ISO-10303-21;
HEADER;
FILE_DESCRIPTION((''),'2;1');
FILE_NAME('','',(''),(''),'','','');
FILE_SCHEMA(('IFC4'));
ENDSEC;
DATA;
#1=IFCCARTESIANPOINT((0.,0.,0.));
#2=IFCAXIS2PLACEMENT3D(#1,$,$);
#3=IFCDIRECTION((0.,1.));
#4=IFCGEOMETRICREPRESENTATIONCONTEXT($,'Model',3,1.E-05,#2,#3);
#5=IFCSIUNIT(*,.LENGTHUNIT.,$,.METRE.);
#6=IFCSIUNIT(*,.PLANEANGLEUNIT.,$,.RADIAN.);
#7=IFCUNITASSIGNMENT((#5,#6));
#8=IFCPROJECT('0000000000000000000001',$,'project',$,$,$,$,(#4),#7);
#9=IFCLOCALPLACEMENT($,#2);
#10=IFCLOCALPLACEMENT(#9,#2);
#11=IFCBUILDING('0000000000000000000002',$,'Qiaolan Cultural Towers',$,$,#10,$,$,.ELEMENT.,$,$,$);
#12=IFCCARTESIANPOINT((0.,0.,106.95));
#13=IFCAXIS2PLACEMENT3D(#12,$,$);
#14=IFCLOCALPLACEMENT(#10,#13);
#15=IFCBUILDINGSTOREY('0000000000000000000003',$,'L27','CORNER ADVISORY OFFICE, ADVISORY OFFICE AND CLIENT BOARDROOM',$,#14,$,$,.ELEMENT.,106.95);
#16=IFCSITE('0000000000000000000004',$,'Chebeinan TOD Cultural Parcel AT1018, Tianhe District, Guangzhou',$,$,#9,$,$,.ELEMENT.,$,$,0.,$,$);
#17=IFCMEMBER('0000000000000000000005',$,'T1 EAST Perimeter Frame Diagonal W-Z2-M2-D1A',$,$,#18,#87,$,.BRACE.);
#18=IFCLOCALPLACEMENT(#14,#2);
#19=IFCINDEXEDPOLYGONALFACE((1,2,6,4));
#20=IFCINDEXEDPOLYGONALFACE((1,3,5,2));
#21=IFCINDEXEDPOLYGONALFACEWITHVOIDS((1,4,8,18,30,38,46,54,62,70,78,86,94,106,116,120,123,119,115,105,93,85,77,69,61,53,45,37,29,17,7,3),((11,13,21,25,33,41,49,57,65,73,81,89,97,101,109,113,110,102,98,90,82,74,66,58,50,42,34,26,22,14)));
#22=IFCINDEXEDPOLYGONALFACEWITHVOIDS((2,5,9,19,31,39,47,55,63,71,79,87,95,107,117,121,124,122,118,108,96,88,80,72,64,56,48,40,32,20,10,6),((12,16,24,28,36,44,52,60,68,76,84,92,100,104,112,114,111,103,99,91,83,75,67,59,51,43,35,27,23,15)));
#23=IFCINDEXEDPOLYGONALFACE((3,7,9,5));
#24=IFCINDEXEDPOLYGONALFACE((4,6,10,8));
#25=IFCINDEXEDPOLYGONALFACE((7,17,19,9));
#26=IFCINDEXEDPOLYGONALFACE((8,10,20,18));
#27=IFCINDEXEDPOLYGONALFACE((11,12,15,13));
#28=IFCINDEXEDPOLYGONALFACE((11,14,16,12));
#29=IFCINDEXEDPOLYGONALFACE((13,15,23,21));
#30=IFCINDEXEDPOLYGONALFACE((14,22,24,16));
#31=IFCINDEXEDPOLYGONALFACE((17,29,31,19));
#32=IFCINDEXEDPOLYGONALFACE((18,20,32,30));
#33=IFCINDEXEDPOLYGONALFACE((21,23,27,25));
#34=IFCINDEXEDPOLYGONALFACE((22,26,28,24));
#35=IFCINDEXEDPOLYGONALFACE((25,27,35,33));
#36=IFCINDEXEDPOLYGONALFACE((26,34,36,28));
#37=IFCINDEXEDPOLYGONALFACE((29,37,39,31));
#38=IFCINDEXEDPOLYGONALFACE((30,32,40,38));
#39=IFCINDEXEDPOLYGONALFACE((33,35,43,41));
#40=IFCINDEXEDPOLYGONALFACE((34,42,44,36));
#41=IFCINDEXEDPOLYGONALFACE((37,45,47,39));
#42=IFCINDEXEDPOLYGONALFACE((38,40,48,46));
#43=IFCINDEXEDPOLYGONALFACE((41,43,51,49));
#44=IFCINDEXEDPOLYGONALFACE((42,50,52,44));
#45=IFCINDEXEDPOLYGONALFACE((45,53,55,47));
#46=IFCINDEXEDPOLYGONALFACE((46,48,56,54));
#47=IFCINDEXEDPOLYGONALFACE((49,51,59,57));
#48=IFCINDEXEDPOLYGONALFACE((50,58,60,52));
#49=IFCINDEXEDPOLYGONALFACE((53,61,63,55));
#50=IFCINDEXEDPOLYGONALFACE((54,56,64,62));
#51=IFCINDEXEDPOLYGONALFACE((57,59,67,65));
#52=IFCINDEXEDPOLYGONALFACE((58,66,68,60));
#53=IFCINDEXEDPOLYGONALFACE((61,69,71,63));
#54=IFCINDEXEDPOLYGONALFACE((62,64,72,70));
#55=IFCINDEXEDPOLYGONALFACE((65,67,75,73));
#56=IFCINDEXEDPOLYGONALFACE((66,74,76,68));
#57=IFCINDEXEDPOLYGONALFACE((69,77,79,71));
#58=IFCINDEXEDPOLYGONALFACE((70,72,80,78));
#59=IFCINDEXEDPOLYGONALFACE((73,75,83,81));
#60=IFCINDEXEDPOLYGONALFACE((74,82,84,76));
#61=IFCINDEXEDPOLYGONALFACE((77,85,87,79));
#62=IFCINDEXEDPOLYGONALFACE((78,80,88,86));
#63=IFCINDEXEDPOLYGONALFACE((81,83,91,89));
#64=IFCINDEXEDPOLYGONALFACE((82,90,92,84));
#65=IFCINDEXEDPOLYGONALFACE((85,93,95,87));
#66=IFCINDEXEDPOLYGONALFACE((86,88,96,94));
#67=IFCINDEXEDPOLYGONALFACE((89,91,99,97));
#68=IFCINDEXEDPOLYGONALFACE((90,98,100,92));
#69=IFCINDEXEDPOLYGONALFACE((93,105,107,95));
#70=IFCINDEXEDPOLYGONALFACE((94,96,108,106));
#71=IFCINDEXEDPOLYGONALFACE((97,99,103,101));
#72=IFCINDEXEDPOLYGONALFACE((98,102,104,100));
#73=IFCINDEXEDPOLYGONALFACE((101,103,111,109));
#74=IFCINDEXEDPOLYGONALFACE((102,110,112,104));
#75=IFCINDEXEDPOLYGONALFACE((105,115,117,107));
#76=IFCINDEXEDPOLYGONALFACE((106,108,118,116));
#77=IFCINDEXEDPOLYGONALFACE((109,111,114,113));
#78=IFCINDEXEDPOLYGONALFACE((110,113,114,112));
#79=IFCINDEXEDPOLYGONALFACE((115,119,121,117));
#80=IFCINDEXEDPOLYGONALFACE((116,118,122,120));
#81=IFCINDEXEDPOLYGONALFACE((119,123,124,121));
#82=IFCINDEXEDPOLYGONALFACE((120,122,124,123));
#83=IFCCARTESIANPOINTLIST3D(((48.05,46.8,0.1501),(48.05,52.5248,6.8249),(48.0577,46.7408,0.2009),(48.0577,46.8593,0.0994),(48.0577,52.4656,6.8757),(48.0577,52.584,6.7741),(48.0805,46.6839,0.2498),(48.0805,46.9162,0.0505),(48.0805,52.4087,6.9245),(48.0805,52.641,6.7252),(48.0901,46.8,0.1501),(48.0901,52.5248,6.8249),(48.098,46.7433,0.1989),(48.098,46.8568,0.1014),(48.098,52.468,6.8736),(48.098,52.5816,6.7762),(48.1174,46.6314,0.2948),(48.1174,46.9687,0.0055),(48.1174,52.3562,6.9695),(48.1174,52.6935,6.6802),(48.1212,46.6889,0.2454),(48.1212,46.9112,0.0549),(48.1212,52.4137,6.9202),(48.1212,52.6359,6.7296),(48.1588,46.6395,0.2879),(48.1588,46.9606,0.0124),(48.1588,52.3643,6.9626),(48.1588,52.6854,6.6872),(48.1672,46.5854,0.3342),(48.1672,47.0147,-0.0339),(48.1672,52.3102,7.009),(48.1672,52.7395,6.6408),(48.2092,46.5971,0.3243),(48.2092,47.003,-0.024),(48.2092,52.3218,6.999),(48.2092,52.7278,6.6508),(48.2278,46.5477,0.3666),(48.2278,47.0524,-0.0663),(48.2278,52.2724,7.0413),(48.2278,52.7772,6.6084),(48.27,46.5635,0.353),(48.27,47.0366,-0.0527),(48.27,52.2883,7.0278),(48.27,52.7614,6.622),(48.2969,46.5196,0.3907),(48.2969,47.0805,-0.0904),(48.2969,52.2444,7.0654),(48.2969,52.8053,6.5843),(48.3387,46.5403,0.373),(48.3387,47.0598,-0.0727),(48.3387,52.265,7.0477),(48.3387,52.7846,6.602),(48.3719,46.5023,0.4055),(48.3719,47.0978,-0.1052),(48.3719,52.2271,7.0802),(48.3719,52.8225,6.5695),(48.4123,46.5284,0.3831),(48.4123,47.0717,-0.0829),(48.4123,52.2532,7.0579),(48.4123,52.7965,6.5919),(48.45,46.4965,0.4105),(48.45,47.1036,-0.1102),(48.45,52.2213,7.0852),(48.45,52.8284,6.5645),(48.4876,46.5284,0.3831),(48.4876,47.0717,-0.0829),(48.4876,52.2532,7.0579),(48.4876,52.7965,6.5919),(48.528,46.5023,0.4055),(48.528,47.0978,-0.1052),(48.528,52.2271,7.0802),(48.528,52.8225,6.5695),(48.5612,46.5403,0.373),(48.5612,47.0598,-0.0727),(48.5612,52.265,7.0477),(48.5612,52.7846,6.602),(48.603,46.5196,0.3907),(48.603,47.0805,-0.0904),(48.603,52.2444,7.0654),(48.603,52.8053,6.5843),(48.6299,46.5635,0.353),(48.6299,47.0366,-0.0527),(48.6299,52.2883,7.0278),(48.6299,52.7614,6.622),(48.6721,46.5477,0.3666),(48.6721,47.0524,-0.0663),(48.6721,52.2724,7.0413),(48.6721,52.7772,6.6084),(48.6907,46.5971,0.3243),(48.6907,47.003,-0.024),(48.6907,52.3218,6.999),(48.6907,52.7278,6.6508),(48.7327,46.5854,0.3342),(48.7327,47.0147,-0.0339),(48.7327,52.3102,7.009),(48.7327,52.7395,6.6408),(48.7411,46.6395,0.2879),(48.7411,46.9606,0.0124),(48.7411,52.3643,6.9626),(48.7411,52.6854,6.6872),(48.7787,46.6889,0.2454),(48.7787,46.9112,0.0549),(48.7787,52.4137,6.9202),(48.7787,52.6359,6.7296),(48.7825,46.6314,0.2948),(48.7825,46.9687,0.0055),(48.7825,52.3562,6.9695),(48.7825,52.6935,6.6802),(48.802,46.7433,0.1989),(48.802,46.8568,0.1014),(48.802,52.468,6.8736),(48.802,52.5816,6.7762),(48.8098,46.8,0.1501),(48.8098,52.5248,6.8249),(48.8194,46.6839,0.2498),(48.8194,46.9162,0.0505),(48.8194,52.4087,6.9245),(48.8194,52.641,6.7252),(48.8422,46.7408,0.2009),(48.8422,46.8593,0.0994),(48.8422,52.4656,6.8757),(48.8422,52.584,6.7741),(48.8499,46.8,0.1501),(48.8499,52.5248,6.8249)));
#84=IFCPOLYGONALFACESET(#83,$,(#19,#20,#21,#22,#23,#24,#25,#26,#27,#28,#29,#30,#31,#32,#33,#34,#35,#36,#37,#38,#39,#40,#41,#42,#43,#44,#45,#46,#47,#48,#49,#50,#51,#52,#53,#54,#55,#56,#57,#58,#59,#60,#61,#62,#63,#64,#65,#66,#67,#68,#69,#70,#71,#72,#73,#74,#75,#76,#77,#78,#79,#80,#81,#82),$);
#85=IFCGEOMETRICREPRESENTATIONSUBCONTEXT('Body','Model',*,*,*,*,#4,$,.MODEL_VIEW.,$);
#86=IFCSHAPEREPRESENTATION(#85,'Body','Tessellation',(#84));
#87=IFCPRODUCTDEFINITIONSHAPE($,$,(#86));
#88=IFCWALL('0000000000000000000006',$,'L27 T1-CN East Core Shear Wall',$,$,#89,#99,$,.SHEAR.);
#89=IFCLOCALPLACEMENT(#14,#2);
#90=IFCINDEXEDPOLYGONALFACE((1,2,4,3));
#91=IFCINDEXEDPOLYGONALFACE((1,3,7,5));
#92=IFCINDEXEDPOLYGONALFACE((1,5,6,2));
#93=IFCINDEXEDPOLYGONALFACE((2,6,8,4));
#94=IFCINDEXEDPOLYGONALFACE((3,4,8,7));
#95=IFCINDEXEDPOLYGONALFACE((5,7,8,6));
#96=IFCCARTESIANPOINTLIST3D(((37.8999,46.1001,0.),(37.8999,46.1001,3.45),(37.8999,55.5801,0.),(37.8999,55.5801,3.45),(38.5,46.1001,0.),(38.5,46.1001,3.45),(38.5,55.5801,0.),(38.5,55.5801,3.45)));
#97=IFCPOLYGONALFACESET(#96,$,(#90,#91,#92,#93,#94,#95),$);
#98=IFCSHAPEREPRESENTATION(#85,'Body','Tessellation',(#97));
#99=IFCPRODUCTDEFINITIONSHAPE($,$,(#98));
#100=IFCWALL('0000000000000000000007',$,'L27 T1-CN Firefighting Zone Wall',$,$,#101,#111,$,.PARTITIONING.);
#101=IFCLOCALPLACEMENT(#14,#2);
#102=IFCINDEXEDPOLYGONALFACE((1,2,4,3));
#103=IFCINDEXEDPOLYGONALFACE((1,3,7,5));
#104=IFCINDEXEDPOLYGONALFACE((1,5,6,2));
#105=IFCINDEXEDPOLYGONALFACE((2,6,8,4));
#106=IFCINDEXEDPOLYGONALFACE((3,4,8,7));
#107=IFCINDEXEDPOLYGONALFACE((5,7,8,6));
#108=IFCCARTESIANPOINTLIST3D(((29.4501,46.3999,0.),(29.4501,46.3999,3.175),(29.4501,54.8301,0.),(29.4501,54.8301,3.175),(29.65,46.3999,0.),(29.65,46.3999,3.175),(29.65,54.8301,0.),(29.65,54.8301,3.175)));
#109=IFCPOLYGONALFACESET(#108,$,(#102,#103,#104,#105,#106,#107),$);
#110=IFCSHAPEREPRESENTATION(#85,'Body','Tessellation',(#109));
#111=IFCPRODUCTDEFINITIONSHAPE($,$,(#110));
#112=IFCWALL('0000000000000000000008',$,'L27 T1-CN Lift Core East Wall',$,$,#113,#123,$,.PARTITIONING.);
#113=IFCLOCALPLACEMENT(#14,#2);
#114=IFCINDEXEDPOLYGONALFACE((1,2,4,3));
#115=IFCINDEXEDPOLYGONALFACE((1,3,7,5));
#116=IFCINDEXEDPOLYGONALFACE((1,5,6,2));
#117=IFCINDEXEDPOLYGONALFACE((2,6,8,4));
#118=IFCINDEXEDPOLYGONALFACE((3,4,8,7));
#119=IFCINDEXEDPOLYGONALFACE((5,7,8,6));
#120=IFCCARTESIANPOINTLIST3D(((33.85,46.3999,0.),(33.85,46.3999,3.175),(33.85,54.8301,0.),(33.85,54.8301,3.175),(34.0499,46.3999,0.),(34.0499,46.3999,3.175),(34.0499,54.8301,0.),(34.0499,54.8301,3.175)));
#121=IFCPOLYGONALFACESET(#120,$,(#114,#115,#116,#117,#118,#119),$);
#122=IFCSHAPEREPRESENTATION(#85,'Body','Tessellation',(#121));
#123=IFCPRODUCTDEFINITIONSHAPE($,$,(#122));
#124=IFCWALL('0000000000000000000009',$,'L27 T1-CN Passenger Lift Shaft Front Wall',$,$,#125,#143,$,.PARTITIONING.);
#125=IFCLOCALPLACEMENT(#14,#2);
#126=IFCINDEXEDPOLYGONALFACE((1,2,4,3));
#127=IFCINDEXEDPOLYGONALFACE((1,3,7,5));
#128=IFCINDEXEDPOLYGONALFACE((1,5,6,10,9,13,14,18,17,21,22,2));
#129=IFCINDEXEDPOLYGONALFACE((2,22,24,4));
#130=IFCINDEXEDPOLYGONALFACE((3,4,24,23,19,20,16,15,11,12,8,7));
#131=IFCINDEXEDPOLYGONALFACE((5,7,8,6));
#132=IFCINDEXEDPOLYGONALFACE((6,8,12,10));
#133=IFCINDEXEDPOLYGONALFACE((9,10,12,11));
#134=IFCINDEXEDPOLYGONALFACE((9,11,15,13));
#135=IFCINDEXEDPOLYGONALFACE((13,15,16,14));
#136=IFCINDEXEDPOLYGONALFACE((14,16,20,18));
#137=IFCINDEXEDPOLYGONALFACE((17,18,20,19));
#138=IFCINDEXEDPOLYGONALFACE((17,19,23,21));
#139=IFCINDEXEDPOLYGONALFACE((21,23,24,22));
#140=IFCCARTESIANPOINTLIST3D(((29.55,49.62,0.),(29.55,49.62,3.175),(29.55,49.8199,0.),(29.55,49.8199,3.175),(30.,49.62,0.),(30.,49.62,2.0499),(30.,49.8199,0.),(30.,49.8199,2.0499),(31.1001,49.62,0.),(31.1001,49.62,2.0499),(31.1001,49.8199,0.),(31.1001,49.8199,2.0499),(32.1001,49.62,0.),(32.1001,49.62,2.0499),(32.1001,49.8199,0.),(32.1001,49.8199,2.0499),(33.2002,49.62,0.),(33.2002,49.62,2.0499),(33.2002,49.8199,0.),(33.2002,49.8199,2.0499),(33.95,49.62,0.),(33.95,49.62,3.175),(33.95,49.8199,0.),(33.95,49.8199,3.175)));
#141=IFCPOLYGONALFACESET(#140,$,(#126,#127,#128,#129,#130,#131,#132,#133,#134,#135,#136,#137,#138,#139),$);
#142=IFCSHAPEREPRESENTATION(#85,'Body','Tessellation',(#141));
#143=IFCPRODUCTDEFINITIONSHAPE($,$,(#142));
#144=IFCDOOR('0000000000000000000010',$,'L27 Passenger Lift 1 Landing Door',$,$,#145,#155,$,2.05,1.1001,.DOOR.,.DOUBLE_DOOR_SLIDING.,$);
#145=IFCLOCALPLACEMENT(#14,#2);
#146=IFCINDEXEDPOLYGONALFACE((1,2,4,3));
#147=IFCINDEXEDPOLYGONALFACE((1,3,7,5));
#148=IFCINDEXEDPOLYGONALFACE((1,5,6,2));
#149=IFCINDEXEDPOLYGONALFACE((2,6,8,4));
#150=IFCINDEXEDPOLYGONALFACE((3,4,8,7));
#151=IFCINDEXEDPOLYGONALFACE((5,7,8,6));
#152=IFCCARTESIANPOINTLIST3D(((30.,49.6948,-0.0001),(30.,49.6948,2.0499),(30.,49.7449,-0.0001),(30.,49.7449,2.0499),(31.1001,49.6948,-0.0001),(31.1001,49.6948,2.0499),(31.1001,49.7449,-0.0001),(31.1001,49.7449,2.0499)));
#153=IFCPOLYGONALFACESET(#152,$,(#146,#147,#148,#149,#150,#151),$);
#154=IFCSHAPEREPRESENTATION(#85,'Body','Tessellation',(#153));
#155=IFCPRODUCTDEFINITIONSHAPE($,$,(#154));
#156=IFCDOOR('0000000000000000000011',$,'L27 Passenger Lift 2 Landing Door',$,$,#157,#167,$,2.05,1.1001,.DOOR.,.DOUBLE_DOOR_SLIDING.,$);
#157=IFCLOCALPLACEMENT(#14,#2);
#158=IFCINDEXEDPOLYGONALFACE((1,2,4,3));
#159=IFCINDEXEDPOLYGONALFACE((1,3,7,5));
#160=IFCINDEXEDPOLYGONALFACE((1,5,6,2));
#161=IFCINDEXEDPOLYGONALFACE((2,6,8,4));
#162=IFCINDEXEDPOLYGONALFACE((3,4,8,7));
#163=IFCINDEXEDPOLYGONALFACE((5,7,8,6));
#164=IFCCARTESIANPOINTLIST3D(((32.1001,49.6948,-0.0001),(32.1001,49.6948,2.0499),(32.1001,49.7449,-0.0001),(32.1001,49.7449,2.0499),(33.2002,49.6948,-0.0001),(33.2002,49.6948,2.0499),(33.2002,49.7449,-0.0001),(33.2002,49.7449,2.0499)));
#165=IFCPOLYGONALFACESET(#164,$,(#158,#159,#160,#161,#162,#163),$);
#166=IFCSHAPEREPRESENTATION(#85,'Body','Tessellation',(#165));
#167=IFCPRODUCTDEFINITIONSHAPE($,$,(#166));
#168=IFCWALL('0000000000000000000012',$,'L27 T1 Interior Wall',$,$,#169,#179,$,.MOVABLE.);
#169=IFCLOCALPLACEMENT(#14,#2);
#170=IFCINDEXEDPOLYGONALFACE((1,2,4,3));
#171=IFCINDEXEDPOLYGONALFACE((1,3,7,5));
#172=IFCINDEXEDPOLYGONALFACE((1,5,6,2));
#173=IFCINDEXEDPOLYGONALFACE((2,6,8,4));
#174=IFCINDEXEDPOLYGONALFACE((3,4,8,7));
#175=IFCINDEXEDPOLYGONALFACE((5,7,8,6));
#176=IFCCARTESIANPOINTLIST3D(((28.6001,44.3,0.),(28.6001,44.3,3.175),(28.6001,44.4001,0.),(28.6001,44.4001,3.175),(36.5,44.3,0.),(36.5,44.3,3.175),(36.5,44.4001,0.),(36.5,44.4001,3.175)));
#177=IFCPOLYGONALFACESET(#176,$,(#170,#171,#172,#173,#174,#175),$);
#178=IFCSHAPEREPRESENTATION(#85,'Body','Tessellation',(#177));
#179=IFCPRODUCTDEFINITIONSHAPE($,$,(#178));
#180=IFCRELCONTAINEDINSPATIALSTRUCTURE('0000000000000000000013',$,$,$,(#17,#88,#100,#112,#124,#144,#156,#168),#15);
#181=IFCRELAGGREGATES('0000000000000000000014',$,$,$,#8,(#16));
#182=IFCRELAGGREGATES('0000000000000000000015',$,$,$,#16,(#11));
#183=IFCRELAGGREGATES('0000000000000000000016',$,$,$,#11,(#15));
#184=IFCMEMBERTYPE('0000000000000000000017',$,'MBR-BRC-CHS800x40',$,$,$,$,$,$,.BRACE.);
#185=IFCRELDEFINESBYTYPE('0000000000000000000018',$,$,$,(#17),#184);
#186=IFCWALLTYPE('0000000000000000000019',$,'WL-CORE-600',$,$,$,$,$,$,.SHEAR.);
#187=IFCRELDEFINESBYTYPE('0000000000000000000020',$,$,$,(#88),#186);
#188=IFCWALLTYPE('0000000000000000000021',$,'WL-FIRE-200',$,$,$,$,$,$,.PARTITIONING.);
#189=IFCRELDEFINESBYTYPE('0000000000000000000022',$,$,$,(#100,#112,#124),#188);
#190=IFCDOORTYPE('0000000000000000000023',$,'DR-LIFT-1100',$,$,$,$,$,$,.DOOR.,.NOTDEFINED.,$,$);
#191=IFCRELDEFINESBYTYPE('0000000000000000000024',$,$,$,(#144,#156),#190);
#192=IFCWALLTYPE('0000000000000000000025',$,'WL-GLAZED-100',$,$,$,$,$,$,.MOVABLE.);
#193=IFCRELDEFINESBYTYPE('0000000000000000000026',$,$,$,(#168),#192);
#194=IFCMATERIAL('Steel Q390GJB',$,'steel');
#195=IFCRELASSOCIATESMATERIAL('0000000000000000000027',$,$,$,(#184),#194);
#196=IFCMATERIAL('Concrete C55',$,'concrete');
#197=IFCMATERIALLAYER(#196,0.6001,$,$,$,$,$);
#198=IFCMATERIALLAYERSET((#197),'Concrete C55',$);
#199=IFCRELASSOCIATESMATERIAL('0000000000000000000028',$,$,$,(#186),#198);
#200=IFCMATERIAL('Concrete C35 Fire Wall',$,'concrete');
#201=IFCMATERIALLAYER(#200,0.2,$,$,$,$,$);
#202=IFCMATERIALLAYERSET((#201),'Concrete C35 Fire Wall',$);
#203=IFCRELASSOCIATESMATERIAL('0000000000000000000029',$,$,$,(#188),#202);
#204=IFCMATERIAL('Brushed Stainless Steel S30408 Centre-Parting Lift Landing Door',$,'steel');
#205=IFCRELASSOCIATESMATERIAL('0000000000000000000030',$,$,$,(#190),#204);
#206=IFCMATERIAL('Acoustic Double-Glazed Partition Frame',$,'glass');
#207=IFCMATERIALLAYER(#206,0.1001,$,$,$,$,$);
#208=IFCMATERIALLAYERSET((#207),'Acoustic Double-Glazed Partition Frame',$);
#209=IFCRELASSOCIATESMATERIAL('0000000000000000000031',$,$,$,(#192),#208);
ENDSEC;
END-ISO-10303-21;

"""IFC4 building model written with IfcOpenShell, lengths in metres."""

from ifc_helpers import new_model, si_unit, direction, frame, frame_2d, origin, origin_2d, place, context, subcontext, project, spatial, rectangle, hollow_circle, extrude, material, layer, layer_set, material_profile, profile_set, type_object, element, fill, save


model = new_model("IFC4")

# Units and contexts
model_context = context("Model", 3, precision=1e-05, world=origin(), true_north=direction((0.0, 1.0)))
body_context = subcontext(model_context, "Body", "Model", "MODEL_VIEW")
ifc_project = project(units=[si_unit("LENGTHUNIT", "METRE"), si_unit("PLANEANGLEUNIT", "RADIAN")], contexts=[model_context])

# Site, building, storey
site_placement = place(None, origin())
site = spatial("IfcSite", under=ifc_project, at=site_placement, Name="Chebeinan TOD Cultural Parcel AT1018, Tianhe District, Guangzhou", CompositionType="ELEMENT", RefElevation=0.0)
building_placement = place(site_placement, origin())
building = spatial("IfcBuilding", under=site, at=building_placement, Name="Qiaolan Cultural Towers", CompositionType="ELEMENT")
storey_placement = place(building_placement, frame((0.0, 0.0, 106.95)))
storey = spatial("IfcBuildingStorey", under=building, at=storey_placement, Name="L27", Description="CORNER ADVISORY OFFICE, ADVISORY OFFICE AND CLIENT BOARDROOM", CompositionType="ELEMENT", Elevation=106.95)

# Member
ifc_material_1 = material(Name="Steel Q390GJB", Category="steel")
ifc_material_profile_1 = material_profile(ifc_material_1, hollow_circle(Radius=0.3999, WallThickness=0.04, at=origin_2d()), Name="CHS800x40")
ifc_profile_set_1 = profile_set([ifc_material_profile_1], Name="Steel Q390GJB")
member_type = type_object("IfcMemberType", Name="MBR-BRC-CHS800x40", PredefinedType="BRACE", material=ifc_profile_set_1)
member_placement = place(storey_placement, frame((48.45, 46.8, 0.1501), z_axis=(0.0, 0.651027, 0.759055), x_axis=(-1.0, 0.0, 0.0)))
element("IfcMember", 1, at=member_placement, inside=storey, type_object=member_type, Name="T1 EAST Perimeter Frame Diagonal W-Z2-M2-D1A", PredefinedType="BRACE", context=body_context, shape_type="SweptSolid", body=[
    extrude(hollow_circle(Radius=0.3999, WallThickness=0.04, at=origin_2d()), origin(), (0.0, 0.0, 1.0), 8.7935),
])

# Walls
ifc_material_2 = material(Name="Concrete C55", Category="concrete")
ifc_layer_1 = layer(ifc_material_2, 0.6001)
ifc_layer_set_1 = layer_set([ifc_layer_1], Name="Concrete C55")
wall_type_1 = type_object("IfcWallType", Name="WL-CORE-600", PredefinedType="SHEAR", material=ifc_layer_set_1)
wall_1_placement = place(storey_placement, frame((38.2, 46.1001, 0.0), z_axis=(0.0, 0.0, 1.0), x_axis=(0.0, 1.0, 0.0)))
element("IfcWall", 2, at=wall_1_placement, inside=storey, type_object=wall_type_1, Name="L27 T1-CN East Core Shear Wall", PredefinedType="SHEAR", context=body_context, shape_type="SweptSolid", body=[
    extrude(rectangle(XDim=9.48, YDim=0.6001, at=frame_2d((4.74, 0.0))), origin(), (0.0, 0.0, 1.0), 3.45),
])
ifc_material_3 = material(Name="Concrete C35 Fire Wall", Category="concrete")
ifc_layer_2 = layer(ifc_material_3, 0.2)
ifc_layer_set_2 = layer_set([ifc_layer_2], Name="Concrete C35 Fire Wall")
wall_type_2 = type_object("IfcWallType", Name="WL-FIRE-200", PredefinedType="PARTITIONING", material=ifc_layer_set_2)
for number, where, z_axis, x_axis, name in (
    (3, (29.55, 46.3999, 0.0), (0.0, 0.0, 1.0), (0.0, 1.0, 0.0), "L27 T1-CN Firefighting Zone Wall"),
    (4, (33.95, 46.3999, 0.0), (0.0, 0.0, 1.0), (0.0, 1.0, 0.0), "L27 T1-CN Lift Core East Wall"),
):
    element("IfcWall", number, at=place(storey_placement, frame(where, z_axis=z_axis, x_axis=x_axis)), inside=storey, type_object=wall_type_2, Name=name, PredefinedType="PARTITIONING", context=body_context, shape_type="SweptSolid", body=[
        extrude(rectangle(XDim=8.4302, YDim=0.2, at=frame_2d((4.2151, 0.0))), origin(), (0.0, 0.0, 1.0), 3.175),
    ])

# Wall, openings, doors
wall_2_placement = place(storey_placement, frame((29.55, 49.72, 0.0), z_axis=(0.0, 0.0, 1.0), x_axis=(1.0, 0.0, 0.0)))
wall_2 = element("IfcWall", 5, at=wall_2_placement, inside=storey, type_object=wall_type_2, Name="L27 T1-CN Passenger Lift Shaft Front Wall", PredefinedType="PARTITIONING", context=body_context, shape_type="SweptSolid", body=[
    extrude(rectangle(XDim=4.3999, YDim=0.2, at=frame_2d((2.2, 0.0))), origin(), (0.0, 0.0, 1.0), 3.175),
])
opening_1_placement = place(wall_2_placement, frame((0.45, 0.0, 0.0)))
opening_1 = element("IfcOpeningElement", 6, at=opening_1_placement, cuts=wall_2, PredefinedType="OPENING", context=body_context, shape_type="SweptSolid", body=[
    extrude(rectangle(XDim=1.1001, YDim=2.05, at=frame_2d((0.55, 1.0249))), frame((0.0, 0.1099, 0.0), z_axis=(0.0, -1.0, 0.0), x_axis=(1.0, 0.0, 0.0)), (0.0, 0.0, 1.0), 0.22),
])
opening_2_placement = place(wall_2_placement, frame((2.55, 0.0, 0.0)))
opening_2 = element("IfcOpeningElement", 7, at=opening_2_placement, cuts=wall_2, PredefinedType="OPENING", context=body_context, shape_type="SweptSolid", body=[
    extrude(rectangle(XDim=1.1001, YDim=2.05, at=frame_2d((0.55, 1.0249))), frame((0.0, 0.1099, 0.0), z_axis=(0.0, -1.0, 0.0), x_axis=(1.0, 0.0, 0.0)), (0.0, 0.0, 1.0), 0.22),
])
ifc_material_4 = material(Name="Brushed Stainless Steel S30408 Centre-Parting Lift Landing Door", Category="steel")
door_type_1 = type_object("IfcDoorType", Name="DR-LIFT-1100", OperationType="NOTDEFINED", PredefinedType="DOOR", material=ifc_material_4)
door_1_placement = place(opening_1_placement, origin())
door_1 = element("IfcDoor", 8, at=door_1_placement, inside=storey, type_object=door_type_1, Name="L27 Passenger Lift 1 Landing Door", OperationType="DOUBLE_DOOR_SLIDING", OverallHeight=2.05, OverallWidth=1.1001, PredefinedType="DOOR", context=body_context, shape_type="SweptSolid", body=[
    extrude(rectangle(XDim=1.1001, YDim=2.05, at=frame_2d((0.55, 1.0249))), frame((0.0, 0.0249, 0.0), z_axis=(0.0, -1.0, 0.0), x_axis=(1.0, 0.0, 0.0)), (0.0, 0.0, 1.0), 0.05),
])
fill(opening_1, door_1)
door_2_placement = place(opening_2_placement, origin())
door_2 = element("IfcDoor", 9, at=door_2_placement, inside=storey, type_object=door_type_1, Name="L27 Passenger Lift 2 Landing Door", OperationType="DOUBLE_DOOR_SLIDING", OverallHeight=2.05, OverallWidth=1.1001, PredefinedType="DOOR", context=body_context, shape_type="SweptSolid", body=[
    extrude(rectangle(XDim=1.1001, YDim=2.05, at=frame_2d((0.55, 1.0249))), frame((0.0, 0.0249, 0.0), z_axis=(0.0, -1.0, 0.0), x_axis=(1.0, 0.0, 0.0)), (0.0, 0.0, 1.0), 0.05),
])
fill(opening_2, door_2)

# Wall
ifc_material_5 = material(Name="Acoustic Double-Glazed Partition Frame", Category="glass")
ifc_layer_3 = layer(ifc_material_5, 0.1001)
ifc_layer_set_3 = layer_set([ifc_layer_3], Name="Acoustic Double-Glazed Partition Frame")
wall_type_3 = type_object("IfcWallType", Name="WL-GLAZED-100", PredefinedType="MOVABLE", material=ifc_layer_set_3)
wall_3_placement = place(storey_placement, frame((28.6001, 44.3501, 0.0), z_axis=(0.0, 0.0, 1.0), x_axis=(1.0, 0.0, 0.0)))
element("IfcWall", 10, at=wall_3_placement, inside=storey, type_object=wall_type_3, Name="L27 T1 Interior Wall", PredefinedType="MOVABLE", context=body_context, shape_type="SweptSolid", body=[
    extrude(rectangle(XDim=7.8999, YDim=0.1001, at=frame_2d((3.95, 0.0))), origin(), (0.0, 0.0, 1.0), 3.175),
])

save(model, "model.ifc")
